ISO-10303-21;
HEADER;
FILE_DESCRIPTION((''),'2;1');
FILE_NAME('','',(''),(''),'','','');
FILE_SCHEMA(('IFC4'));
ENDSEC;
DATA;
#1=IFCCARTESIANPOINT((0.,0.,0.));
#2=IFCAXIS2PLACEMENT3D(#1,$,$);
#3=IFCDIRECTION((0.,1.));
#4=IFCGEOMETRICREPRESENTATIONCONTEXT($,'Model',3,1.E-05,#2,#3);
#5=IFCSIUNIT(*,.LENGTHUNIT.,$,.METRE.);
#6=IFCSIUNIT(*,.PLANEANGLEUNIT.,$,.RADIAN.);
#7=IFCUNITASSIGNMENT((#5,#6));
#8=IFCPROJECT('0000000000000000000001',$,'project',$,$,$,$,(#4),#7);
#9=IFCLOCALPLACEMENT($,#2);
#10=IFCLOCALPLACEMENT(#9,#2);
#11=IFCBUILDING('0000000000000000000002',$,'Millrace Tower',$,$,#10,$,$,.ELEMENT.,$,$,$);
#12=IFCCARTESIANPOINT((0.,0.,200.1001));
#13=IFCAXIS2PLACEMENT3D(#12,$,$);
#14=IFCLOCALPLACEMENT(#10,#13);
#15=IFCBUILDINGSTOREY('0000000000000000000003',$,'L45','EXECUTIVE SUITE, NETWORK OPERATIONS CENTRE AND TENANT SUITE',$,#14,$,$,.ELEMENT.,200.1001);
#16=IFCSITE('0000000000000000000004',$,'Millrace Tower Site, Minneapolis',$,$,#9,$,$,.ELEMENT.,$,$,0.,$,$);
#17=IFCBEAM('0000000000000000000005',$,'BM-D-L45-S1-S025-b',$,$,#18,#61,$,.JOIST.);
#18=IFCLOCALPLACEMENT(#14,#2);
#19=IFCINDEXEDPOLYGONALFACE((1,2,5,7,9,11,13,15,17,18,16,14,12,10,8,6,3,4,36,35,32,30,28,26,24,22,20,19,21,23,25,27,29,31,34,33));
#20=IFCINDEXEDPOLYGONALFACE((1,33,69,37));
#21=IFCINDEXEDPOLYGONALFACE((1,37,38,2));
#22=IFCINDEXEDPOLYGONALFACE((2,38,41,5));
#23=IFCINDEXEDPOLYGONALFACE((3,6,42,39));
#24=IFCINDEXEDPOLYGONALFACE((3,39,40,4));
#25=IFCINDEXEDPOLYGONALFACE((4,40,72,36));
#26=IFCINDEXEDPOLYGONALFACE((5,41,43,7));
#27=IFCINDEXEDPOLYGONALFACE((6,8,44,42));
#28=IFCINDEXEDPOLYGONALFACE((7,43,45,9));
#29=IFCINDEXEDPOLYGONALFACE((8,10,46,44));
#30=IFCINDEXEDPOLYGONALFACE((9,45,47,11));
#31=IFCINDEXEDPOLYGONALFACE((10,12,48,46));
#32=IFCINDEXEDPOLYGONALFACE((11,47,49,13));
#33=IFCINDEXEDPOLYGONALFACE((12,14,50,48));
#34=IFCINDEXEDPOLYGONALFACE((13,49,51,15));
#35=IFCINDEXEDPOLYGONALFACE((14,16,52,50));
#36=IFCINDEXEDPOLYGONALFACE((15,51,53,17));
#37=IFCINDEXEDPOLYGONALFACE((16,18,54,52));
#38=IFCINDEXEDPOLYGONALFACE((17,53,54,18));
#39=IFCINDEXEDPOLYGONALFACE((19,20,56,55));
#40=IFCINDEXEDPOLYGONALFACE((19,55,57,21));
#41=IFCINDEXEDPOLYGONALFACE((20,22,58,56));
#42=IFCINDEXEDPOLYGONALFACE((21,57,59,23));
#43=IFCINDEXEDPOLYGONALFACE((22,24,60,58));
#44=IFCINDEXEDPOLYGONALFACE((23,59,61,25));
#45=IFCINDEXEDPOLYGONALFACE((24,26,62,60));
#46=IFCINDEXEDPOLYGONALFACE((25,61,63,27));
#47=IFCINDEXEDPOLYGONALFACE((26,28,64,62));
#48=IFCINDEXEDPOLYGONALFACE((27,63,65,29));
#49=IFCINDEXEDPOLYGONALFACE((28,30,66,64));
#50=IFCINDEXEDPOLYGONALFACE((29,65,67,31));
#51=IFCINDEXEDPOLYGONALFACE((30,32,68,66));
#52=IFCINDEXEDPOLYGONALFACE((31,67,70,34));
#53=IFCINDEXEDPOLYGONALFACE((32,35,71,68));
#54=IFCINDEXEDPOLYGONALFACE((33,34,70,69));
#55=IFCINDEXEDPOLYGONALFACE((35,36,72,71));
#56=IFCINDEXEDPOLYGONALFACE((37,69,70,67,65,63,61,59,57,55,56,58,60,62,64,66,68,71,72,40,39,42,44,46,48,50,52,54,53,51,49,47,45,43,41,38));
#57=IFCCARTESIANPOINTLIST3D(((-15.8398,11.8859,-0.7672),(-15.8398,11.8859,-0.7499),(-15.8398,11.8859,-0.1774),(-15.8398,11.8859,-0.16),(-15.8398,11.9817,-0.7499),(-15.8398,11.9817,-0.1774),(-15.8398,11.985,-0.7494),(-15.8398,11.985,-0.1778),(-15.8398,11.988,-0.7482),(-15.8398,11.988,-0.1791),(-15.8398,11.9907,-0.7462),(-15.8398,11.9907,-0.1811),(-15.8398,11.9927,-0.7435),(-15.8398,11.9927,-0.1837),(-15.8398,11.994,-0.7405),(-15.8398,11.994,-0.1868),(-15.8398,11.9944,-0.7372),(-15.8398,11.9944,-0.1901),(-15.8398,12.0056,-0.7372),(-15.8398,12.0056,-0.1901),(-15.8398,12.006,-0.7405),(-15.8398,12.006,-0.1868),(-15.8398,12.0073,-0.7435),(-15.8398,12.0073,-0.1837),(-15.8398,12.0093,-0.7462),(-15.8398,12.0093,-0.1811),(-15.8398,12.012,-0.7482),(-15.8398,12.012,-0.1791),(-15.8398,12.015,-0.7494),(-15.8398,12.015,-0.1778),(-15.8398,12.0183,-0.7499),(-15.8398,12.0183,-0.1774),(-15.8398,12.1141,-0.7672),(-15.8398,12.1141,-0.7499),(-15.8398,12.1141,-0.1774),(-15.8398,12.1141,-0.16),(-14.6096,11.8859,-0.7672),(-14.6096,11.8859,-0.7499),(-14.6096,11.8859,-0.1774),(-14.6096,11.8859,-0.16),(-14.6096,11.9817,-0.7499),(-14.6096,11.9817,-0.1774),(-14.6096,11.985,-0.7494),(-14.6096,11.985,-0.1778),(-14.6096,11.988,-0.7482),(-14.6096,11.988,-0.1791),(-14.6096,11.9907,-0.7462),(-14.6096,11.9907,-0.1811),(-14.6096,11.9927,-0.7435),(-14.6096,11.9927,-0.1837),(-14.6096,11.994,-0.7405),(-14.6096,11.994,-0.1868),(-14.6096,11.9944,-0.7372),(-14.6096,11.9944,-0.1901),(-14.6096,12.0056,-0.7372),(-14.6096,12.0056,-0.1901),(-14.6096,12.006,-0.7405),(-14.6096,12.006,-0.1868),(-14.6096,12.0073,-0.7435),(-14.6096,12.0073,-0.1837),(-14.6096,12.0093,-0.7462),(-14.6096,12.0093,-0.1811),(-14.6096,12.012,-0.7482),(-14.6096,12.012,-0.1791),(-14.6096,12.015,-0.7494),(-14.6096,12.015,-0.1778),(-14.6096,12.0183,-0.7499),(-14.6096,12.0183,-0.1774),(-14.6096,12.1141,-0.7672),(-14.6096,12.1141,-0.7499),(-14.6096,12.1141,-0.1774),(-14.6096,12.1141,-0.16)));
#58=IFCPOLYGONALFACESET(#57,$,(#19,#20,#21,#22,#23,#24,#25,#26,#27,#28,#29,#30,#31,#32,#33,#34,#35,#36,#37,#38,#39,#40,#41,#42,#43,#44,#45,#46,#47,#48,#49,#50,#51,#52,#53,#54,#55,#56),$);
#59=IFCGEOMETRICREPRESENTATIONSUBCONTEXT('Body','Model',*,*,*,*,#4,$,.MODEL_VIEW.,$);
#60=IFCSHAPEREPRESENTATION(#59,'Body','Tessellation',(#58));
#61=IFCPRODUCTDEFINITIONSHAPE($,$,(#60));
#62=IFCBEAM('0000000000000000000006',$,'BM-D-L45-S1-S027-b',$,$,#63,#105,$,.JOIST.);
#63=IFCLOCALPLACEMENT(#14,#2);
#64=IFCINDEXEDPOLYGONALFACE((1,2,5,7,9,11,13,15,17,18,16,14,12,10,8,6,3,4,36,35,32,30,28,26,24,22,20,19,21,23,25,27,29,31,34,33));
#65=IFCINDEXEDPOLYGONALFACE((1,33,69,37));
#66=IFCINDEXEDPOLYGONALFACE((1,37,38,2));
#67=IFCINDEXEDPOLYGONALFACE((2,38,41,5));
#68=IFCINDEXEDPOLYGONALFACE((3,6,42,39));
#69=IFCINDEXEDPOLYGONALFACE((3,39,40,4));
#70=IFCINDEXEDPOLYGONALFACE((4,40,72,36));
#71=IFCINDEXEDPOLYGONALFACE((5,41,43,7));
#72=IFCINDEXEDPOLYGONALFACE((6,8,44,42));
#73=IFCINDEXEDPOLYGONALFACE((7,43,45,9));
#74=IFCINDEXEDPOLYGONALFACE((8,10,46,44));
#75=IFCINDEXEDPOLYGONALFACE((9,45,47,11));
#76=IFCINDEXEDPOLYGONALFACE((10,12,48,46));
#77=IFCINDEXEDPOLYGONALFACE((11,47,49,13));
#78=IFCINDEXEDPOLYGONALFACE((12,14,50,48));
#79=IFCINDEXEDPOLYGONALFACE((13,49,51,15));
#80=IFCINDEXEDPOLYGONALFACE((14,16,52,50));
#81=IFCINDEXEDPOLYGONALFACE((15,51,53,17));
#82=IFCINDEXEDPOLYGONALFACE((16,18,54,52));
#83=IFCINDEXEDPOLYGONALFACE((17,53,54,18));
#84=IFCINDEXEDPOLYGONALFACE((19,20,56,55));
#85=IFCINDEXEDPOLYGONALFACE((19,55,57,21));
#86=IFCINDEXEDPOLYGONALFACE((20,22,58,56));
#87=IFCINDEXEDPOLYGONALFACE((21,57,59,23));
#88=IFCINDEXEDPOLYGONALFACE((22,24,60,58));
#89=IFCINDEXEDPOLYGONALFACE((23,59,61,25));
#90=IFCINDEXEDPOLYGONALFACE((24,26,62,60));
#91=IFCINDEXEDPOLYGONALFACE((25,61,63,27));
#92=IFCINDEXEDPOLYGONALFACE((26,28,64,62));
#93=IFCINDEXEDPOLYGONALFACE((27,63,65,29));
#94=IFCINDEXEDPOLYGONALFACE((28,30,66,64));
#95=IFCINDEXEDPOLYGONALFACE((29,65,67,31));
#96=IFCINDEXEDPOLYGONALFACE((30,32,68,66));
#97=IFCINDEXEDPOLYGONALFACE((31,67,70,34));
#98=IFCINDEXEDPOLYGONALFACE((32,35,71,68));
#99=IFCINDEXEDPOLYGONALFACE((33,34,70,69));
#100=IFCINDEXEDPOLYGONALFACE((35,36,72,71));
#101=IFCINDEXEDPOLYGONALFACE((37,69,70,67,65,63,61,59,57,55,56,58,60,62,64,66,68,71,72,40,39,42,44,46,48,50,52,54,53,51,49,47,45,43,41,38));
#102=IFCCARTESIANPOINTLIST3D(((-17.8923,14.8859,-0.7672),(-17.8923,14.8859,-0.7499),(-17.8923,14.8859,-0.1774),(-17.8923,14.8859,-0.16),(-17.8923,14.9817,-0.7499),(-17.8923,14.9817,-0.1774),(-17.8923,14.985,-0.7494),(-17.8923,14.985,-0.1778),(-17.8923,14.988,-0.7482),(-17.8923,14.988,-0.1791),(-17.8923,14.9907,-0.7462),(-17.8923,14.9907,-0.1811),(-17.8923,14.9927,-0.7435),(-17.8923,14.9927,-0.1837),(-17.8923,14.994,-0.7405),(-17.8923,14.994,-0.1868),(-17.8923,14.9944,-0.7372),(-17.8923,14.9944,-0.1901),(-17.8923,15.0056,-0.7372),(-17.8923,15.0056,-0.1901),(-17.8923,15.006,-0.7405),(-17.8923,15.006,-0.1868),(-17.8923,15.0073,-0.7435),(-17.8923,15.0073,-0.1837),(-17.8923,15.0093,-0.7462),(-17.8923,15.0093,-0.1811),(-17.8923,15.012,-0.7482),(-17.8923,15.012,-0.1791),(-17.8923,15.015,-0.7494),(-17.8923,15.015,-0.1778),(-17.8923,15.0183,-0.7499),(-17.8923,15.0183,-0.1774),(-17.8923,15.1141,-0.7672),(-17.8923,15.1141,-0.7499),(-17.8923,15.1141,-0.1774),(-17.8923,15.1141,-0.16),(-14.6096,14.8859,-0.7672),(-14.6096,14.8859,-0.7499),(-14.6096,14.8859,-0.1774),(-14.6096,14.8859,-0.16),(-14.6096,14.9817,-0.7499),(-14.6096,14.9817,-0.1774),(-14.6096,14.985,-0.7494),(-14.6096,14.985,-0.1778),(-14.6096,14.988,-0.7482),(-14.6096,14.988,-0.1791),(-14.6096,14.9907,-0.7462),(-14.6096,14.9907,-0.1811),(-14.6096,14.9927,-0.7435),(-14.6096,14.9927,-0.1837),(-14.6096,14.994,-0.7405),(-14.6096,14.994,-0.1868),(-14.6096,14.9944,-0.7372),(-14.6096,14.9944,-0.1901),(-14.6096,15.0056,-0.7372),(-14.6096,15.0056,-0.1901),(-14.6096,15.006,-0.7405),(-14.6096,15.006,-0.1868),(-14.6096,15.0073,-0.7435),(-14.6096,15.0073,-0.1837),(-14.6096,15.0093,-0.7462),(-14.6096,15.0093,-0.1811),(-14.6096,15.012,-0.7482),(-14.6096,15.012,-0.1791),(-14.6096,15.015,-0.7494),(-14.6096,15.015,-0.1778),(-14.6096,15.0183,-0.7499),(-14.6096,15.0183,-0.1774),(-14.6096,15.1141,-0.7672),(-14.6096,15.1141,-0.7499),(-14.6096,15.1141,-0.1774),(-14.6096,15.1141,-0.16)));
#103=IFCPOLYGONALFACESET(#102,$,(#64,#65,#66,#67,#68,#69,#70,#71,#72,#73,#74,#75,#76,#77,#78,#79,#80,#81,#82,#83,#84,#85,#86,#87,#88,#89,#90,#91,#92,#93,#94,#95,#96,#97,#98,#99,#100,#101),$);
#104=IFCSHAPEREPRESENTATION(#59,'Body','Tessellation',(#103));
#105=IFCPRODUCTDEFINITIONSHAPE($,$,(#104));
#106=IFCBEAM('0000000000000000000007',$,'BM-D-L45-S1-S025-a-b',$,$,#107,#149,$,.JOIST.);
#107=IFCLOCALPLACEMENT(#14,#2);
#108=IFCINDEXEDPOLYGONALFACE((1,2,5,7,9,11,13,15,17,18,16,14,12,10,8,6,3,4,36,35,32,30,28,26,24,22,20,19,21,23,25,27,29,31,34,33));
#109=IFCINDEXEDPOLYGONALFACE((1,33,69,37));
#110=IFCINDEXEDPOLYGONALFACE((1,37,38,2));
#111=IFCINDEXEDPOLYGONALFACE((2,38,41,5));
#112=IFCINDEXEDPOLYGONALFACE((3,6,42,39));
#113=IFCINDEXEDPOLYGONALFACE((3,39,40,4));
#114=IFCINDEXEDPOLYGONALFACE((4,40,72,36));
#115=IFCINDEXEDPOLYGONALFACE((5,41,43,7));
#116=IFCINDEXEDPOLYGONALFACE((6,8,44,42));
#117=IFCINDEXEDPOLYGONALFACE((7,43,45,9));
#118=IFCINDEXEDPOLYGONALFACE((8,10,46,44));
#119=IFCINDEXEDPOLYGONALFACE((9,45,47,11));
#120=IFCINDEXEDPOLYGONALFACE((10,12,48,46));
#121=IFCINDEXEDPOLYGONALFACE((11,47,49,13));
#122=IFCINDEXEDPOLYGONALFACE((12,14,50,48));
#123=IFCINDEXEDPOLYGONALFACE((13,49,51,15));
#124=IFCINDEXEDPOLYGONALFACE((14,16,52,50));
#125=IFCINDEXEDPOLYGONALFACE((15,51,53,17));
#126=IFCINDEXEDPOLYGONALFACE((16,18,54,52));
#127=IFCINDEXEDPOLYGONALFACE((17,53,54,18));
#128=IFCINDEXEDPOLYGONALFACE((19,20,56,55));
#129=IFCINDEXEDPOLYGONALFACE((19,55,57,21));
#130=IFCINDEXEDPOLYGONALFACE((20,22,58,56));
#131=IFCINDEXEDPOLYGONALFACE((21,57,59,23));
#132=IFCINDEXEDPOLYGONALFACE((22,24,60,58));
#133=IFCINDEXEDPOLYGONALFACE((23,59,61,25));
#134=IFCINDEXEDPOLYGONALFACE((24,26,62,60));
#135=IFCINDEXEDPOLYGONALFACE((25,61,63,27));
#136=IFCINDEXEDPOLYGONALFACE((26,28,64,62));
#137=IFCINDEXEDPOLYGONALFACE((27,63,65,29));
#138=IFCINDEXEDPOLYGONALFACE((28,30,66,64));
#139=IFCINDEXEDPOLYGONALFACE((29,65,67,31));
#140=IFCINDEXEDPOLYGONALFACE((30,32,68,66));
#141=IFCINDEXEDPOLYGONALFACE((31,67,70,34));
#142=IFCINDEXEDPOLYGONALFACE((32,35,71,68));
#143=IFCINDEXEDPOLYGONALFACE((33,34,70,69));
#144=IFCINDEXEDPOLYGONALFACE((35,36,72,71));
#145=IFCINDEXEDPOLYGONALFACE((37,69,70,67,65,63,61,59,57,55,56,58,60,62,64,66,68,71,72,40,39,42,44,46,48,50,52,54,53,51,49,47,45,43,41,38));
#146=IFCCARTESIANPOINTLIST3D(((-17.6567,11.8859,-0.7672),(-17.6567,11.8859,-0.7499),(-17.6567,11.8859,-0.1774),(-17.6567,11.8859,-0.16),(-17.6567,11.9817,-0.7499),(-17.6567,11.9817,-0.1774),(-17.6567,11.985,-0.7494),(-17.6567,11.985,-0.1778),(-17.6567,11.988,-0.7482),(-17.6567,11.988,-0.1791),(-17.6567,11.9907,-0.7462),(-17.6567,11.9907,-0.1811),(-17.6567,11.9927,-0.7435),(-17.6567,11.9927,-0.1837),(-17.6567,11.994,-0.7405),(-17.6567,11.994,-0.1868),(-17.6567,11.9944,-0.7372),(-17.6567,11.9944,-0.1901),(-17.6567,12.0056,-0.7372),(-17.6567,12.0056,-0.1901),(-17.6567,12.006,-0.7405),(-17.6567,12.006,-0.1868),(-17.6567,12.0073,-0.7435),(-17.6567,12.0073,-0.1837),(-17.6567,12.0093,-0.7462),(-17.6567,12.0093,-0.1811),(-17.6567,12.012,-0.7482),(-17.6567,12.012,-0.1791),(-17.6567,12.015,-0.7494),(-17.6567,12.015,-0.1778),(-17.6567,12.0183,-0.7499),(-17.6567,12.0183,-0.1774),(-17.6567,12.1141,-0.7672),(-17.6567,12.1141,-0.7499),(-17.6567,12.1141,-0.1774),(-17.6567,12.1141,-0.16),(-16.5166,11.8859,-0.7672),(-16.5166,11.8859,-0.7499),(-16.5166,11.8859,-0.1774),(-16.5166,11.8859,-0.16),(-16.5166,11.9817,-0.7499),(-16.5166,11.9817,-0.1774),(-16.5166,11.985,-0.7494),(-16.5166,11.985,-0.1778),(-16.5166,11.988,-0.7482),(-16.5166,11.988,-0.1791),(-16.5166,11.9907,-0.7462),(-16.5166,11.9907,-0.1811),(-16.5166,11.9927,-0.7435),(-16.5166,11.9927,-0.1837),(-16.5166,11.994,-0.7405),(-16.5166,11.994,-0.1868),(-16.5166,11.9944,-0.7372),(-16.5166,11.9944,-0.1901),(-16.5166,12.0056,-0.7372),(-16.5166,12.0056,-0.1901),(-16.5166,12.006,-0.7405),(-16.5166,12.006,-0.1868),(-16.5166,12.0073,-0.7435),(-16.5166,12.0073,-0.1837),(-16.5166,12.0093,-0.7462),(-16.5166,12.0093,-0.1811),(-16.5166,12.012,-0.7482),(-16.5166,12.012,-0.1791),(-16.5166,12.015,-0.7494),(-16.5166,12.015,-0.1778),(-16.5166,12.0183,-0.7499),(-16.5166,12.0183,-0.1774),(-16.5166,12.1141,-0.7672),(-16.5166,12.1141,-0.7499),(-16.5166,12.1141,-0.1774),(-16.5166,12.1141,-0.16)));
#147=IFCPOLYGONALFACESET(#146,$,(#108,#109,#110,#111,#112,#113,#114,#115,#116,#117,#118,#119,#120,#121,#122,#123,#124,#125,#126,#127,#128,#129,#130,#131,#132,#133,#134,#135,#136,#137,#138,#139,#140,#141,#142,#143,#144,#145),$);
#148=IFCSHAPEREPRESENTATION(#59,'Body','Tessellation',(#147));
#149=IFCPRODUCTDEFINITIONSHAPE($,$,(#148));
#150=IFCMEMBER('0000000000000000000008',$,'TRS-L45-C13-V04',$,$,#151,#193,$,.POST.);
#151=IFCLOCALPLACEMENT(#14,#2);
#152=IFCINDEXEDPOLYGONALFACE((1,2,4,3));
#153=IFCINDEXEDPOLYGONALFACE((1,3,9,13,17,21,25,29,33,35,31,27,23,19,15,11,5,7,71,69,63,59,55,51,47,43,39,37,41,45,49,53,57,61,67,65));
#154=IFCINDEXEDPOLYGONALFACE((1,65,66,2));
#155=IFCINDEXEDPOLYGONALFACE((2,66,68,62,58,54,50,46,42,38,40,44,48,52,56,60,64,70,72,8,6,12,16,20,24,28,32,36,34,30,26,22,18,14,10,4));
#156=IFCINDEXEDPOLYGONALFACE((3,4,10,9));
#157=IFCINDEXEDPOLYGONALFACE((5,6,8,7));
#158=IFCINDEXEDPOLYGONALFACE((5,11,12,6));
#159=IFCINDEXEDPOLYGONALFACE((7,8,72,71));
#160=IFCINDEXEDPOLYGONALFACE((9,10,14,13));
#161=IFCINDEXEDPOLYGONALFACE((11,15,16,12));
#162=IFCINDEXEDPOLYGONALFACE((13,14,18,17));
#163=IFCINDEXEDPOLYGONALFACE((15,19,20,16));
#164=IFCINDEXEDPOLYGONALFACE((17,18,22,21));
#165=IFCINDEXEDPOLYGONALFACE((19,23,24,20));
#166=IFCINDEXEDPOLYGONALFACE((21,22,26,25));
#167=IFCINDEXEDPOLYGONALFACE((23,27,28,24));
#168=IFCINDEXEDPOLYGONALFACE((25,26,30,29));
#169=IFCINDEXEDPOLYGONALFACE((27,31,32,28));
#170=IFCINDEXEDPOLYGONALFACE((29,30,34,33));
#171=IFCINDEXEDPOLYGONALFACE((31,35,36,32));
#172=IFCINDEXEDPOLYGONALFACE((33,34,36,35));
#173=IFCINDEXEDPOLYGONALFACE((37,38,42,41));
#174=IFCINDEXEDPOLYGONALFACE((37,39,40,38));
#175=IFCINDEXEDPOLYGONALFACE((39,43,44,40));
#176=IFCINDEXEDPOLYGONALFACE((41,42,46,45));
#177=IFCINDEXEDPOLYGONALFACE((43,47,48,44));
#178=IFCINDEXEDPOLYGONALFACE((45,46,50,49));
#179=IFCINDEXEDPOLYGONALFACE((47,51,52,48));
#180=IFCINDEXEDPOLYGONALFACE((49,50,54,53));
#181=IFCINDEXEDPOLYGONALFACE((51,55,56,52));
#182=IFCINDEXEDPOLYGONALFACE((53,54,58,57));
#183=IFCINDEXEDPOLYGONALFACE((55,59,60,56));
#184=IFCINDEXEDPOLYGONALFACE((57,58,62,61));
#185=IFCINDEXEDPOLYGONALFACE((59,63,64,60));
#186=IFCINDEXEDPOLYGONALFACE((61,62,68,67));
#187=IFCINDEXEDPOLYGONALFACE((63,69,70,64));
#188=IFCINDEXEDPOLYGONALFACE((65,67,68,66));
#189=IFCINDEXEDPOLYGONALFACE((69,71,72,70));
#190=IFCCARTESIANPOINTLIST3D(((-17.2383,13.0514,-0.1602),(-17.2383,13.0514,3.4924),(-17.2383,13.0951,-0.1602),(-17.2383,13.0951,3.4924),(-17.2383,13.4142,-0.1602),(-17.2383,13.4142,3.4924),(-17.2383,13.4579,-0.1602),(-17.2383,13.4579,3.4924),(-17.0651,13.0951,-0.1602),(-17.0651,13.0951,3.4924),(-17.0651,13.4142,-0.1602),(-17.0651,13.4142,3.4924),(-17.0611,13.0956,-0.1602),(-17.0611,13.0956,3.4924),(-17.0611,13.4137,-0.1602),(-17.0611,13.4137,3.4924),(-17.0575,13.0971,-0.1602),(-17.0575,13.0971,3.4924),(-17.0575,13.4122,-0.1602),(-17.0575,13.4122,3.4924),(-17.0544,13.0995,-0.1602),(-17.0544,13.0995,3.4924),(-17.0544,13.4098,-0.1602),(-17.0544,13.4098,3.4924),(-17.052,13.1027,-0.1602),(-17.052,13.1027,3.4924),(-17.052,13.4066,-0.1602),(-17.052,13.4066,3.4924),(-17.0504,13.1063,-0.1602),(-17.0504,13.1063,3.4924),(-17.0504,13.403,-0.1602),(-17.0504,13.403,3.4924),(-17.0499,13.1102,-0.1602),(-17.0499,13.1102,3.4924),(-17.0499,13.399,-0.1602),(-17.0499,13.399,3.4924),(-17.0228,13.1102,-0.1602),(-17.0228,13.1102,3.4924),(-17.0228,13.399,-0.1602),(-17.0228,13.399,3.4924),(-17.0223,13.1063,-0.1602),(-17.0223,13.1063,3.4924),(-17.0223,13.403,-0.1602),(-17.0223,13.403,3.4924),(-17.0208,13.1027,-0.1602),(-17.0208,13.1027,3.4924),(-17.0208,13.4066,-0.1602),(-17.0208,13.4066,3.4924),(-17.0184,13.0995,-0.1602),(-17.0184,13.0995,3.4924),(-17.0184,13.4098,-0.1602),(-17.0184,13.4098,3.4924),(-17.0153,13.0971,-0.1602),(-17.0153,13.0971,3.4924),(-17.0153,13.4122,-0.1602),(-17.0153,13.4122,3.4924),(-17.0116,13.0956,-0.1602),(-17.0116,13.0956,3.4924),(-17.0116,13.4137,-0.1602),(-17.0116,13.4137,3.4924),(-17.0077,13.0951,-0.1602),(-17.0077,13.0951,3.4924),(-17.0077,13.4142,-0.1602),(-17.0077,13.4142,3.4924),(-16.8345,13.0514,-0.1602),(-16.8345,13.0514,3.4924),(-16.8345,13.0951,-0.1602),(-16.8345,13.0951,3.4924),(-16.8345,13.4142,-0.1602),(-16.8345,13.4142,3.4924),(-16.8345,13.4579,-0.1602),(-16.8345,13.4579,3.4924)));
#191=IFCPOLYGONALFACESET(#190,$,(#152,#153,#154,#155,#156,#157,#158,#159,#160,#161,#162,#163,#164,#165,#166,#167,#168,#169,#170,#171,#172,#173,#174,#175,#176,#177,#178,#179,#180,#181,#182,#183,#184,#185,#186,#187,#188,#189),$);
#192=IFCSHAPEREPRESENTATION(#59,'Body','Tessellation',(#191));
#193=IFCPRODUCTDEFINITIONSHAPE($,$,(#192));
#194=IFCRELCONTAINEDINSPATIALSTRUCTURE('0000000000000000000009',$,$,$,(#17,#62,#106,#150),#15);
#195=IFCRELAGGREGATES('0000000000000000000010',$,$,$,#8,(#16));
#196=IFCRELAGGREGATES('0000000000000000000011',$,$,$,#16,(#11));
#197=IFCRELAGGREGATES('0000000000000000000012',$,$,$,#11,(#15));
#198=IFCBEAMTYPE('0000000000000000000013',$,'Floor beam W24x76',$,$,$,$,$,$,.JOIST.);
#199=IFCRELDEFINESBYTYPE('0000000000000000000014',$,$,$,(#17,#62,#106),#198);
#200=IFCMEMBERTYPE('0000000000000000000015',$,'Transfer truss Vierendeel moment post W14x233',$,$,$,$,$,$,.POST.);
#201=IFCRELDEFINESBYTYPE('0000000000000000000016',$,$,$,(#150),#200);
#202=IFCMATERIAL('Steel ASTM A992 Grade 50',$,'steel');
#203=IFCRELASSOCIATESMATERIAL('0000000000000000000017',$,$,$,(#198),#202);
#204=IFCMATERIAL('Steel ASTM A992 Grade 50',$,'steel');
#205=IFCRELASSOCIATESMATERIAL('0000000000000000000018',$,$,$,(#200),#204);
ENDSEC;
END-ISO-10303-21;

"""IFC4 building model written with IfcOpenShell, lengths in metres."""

from ifc_helpers import new_model, si_unit, direction, frame, origin, origin_2d, place, context, subcontext, project, spatial, i_section, extrude, material, material_profile, profile_set, type_object, element, save


model = new_model("IFC4")

# Units and contexts
model_context = context("Model", 3, precision=1e-05, world=origin(), true_north=direction((0.0, 1.0)))
body_context = subcontext(model_context, "Body", "Model", "MODEL_VIEW")
ifc_project = project(units=[si_unit("LENGTHUNIT", "METRE"), si_unit("PLANEANGLEUNIT", "RADIAN")], contexts=[model_context])

# Site, building, storey
site_placement = place(None, origin())
site = spatial("IfcSite", under=ifc_project, at=site_placement, Name="Millrace Tower Site, Minneapolis", CompositionType="ELEMENT", RefElevation=0.0)
building_placement = place(site_placement, origin())
building = spatial("IfcBuilding", under=site, at=building_placement, Name="Millrace Tower", CompositionType="ELEMENT")
storey_placement = place(building_placement, frame((0.0, 0.0, 200.1001)))
storey = spatial("IfcBuildingStorey", under=building, at=storey_placement, Name="L45", Description="EXECUTIVE SUITE, NETWORK OPERATIONS CENTRE AND TENANT SUITE", CompositionType="ELEMENT", Elevation=200.1001)

# Beams
ifc_material_1 = material(Name="Steel ASTM A992 Grade 50", Category="steel")
ifc_material_profile_1 = material_profile(ifc_material_1, i_section(OverallWidth=0.2283, OverallDepth=0.6072, WebThickness=0.0112, FlangeThickness=0.0173, FilletRadius=0.0127, at=origin_2d()))
ifc_profile_set_1 = profile_set([ifc_material_profile_1], Name="Steel ASTM A992 Grade 50")
beam_type_1 = type_object("IfcBeamType", Name="Floor beam W24x76", PredefinedType="JOIST", material=ifc_profile_set_1)
beam_1_placement = place(storey_placement, frame((-15.8398, 12.0, -0.4636), z_axis=(1.0, 0.0, 0.0), x_axis=(0.0, 1.0, 0.0)))
element("IfcBeam", 1, at=beam_1_placement, inside=storey, type_object=beam_type_1, Name="BM-D-L45-S1-S025-b", PredefinedType="JOIST", context=body_context, shape_type="SweptSolid", body=[
    extrude(i_section(OverallWidth=0.2283, OverallDepth=0.6072, WebThickness=0.0112, FlangeThickness=0.0173, FilletRadius=0.0127, at=origin_2d()), origin(), (0.0, 0.0, 1.0), 1.2302),
])
beam_2_placement = place(storey_placement, frame((-17.8923, 15.0, -0.4636), z_axis=(1.0, 0.0, 0.0), x_axis=(0.0, 1.0, 0.0)))
element("IfcBeam", 2, at=beam_2_placement, inside=storey, type_object=beam_type_1, Name="BM-D-L45-S1-S027-b", PredefinedType="JOIST", context=body_context, shape_type="SweptSolid", body=[
    extrude(i_section(OverallWidth=0.2283, OverallDepth=0.6072, WebThickness=0.0112, FlangeThickness=0.0173, FilletRadius=0.0127, at=origin_2d()), origin(), (0.0, 0.0, 1.0), 3.2827),
])
beam_3_placement = place(storey_placement, frame((-17.6567, 12.0, -0.4636), z_axis=(1.0, 0.0, 0.0), x_axis=(0.0, 1.0, 0.0)))
element("IfcBeam", 3, at=beam_3_placement, inside=storey, type_object=beam_type_1, Name="BM-D-L45-S1-S025-a-b", PredefinedType="JOIST", context=body_context, shape_type="SweptSolid", body=[
    extrude(i_section(OverallWidth=0.2283, OverallDepth=0.6072, WebThickness=0.0112, FlangeThickness=0.0173, FilletRadius=0.0127, at=origin_2d()), origin(), (0.0, 0.0, 1.0), 1.1401),
])

# Member
ifc_material_2 = material(Name="Steel ASTM A992 Grade 50", Category="steel")
ifc_material_profile_2 = material_profile(ifc_material_2, i_section(OverallWidth=0.4038, OverallDepth=0.4065, WebThickness=0.0271, FlangeThickness=0.0437, FilletRadius=0.0151, at=origin_2d()))
ifc_profile_set_2 = profile_set([ifc_material_profile_2], Name="Steel ASTM A992 Grade 50")
member_type = type_object("IfcMemberType", Name="Transfer truss Vierendeel moment post W14x233", PredefinedType="POST", material=ifc_profile_set_2)
for number, where, z_axis, x_axis, name in (
    (4, (-17.0364, 13.2546, -0.1602), (0.0, 0.0, 1.0), (1.0, 0.0, 0.0), "TRS-L45-C13-V04"),
):
    element("IfcMember", number, at=place(storey_placement, frame(where, z_axis=z_axis, x_axis=x_axis)), inside=storey, type_object=member_type, Name=name, PredefinedType="POST", context=body_context, shape_type="SweptSolid", body=[
        extrude(i_section(OverallWidth=0.4038, OverallDepth=0.4065, WebThickness=0.0271, FlangeThickness=0.0437, FilletRadius=0.0151, at=origin_2d()), origin(), (0.0, 0.0, 1.0), 3.6526),
    ])

save(model, "model.ifc")
